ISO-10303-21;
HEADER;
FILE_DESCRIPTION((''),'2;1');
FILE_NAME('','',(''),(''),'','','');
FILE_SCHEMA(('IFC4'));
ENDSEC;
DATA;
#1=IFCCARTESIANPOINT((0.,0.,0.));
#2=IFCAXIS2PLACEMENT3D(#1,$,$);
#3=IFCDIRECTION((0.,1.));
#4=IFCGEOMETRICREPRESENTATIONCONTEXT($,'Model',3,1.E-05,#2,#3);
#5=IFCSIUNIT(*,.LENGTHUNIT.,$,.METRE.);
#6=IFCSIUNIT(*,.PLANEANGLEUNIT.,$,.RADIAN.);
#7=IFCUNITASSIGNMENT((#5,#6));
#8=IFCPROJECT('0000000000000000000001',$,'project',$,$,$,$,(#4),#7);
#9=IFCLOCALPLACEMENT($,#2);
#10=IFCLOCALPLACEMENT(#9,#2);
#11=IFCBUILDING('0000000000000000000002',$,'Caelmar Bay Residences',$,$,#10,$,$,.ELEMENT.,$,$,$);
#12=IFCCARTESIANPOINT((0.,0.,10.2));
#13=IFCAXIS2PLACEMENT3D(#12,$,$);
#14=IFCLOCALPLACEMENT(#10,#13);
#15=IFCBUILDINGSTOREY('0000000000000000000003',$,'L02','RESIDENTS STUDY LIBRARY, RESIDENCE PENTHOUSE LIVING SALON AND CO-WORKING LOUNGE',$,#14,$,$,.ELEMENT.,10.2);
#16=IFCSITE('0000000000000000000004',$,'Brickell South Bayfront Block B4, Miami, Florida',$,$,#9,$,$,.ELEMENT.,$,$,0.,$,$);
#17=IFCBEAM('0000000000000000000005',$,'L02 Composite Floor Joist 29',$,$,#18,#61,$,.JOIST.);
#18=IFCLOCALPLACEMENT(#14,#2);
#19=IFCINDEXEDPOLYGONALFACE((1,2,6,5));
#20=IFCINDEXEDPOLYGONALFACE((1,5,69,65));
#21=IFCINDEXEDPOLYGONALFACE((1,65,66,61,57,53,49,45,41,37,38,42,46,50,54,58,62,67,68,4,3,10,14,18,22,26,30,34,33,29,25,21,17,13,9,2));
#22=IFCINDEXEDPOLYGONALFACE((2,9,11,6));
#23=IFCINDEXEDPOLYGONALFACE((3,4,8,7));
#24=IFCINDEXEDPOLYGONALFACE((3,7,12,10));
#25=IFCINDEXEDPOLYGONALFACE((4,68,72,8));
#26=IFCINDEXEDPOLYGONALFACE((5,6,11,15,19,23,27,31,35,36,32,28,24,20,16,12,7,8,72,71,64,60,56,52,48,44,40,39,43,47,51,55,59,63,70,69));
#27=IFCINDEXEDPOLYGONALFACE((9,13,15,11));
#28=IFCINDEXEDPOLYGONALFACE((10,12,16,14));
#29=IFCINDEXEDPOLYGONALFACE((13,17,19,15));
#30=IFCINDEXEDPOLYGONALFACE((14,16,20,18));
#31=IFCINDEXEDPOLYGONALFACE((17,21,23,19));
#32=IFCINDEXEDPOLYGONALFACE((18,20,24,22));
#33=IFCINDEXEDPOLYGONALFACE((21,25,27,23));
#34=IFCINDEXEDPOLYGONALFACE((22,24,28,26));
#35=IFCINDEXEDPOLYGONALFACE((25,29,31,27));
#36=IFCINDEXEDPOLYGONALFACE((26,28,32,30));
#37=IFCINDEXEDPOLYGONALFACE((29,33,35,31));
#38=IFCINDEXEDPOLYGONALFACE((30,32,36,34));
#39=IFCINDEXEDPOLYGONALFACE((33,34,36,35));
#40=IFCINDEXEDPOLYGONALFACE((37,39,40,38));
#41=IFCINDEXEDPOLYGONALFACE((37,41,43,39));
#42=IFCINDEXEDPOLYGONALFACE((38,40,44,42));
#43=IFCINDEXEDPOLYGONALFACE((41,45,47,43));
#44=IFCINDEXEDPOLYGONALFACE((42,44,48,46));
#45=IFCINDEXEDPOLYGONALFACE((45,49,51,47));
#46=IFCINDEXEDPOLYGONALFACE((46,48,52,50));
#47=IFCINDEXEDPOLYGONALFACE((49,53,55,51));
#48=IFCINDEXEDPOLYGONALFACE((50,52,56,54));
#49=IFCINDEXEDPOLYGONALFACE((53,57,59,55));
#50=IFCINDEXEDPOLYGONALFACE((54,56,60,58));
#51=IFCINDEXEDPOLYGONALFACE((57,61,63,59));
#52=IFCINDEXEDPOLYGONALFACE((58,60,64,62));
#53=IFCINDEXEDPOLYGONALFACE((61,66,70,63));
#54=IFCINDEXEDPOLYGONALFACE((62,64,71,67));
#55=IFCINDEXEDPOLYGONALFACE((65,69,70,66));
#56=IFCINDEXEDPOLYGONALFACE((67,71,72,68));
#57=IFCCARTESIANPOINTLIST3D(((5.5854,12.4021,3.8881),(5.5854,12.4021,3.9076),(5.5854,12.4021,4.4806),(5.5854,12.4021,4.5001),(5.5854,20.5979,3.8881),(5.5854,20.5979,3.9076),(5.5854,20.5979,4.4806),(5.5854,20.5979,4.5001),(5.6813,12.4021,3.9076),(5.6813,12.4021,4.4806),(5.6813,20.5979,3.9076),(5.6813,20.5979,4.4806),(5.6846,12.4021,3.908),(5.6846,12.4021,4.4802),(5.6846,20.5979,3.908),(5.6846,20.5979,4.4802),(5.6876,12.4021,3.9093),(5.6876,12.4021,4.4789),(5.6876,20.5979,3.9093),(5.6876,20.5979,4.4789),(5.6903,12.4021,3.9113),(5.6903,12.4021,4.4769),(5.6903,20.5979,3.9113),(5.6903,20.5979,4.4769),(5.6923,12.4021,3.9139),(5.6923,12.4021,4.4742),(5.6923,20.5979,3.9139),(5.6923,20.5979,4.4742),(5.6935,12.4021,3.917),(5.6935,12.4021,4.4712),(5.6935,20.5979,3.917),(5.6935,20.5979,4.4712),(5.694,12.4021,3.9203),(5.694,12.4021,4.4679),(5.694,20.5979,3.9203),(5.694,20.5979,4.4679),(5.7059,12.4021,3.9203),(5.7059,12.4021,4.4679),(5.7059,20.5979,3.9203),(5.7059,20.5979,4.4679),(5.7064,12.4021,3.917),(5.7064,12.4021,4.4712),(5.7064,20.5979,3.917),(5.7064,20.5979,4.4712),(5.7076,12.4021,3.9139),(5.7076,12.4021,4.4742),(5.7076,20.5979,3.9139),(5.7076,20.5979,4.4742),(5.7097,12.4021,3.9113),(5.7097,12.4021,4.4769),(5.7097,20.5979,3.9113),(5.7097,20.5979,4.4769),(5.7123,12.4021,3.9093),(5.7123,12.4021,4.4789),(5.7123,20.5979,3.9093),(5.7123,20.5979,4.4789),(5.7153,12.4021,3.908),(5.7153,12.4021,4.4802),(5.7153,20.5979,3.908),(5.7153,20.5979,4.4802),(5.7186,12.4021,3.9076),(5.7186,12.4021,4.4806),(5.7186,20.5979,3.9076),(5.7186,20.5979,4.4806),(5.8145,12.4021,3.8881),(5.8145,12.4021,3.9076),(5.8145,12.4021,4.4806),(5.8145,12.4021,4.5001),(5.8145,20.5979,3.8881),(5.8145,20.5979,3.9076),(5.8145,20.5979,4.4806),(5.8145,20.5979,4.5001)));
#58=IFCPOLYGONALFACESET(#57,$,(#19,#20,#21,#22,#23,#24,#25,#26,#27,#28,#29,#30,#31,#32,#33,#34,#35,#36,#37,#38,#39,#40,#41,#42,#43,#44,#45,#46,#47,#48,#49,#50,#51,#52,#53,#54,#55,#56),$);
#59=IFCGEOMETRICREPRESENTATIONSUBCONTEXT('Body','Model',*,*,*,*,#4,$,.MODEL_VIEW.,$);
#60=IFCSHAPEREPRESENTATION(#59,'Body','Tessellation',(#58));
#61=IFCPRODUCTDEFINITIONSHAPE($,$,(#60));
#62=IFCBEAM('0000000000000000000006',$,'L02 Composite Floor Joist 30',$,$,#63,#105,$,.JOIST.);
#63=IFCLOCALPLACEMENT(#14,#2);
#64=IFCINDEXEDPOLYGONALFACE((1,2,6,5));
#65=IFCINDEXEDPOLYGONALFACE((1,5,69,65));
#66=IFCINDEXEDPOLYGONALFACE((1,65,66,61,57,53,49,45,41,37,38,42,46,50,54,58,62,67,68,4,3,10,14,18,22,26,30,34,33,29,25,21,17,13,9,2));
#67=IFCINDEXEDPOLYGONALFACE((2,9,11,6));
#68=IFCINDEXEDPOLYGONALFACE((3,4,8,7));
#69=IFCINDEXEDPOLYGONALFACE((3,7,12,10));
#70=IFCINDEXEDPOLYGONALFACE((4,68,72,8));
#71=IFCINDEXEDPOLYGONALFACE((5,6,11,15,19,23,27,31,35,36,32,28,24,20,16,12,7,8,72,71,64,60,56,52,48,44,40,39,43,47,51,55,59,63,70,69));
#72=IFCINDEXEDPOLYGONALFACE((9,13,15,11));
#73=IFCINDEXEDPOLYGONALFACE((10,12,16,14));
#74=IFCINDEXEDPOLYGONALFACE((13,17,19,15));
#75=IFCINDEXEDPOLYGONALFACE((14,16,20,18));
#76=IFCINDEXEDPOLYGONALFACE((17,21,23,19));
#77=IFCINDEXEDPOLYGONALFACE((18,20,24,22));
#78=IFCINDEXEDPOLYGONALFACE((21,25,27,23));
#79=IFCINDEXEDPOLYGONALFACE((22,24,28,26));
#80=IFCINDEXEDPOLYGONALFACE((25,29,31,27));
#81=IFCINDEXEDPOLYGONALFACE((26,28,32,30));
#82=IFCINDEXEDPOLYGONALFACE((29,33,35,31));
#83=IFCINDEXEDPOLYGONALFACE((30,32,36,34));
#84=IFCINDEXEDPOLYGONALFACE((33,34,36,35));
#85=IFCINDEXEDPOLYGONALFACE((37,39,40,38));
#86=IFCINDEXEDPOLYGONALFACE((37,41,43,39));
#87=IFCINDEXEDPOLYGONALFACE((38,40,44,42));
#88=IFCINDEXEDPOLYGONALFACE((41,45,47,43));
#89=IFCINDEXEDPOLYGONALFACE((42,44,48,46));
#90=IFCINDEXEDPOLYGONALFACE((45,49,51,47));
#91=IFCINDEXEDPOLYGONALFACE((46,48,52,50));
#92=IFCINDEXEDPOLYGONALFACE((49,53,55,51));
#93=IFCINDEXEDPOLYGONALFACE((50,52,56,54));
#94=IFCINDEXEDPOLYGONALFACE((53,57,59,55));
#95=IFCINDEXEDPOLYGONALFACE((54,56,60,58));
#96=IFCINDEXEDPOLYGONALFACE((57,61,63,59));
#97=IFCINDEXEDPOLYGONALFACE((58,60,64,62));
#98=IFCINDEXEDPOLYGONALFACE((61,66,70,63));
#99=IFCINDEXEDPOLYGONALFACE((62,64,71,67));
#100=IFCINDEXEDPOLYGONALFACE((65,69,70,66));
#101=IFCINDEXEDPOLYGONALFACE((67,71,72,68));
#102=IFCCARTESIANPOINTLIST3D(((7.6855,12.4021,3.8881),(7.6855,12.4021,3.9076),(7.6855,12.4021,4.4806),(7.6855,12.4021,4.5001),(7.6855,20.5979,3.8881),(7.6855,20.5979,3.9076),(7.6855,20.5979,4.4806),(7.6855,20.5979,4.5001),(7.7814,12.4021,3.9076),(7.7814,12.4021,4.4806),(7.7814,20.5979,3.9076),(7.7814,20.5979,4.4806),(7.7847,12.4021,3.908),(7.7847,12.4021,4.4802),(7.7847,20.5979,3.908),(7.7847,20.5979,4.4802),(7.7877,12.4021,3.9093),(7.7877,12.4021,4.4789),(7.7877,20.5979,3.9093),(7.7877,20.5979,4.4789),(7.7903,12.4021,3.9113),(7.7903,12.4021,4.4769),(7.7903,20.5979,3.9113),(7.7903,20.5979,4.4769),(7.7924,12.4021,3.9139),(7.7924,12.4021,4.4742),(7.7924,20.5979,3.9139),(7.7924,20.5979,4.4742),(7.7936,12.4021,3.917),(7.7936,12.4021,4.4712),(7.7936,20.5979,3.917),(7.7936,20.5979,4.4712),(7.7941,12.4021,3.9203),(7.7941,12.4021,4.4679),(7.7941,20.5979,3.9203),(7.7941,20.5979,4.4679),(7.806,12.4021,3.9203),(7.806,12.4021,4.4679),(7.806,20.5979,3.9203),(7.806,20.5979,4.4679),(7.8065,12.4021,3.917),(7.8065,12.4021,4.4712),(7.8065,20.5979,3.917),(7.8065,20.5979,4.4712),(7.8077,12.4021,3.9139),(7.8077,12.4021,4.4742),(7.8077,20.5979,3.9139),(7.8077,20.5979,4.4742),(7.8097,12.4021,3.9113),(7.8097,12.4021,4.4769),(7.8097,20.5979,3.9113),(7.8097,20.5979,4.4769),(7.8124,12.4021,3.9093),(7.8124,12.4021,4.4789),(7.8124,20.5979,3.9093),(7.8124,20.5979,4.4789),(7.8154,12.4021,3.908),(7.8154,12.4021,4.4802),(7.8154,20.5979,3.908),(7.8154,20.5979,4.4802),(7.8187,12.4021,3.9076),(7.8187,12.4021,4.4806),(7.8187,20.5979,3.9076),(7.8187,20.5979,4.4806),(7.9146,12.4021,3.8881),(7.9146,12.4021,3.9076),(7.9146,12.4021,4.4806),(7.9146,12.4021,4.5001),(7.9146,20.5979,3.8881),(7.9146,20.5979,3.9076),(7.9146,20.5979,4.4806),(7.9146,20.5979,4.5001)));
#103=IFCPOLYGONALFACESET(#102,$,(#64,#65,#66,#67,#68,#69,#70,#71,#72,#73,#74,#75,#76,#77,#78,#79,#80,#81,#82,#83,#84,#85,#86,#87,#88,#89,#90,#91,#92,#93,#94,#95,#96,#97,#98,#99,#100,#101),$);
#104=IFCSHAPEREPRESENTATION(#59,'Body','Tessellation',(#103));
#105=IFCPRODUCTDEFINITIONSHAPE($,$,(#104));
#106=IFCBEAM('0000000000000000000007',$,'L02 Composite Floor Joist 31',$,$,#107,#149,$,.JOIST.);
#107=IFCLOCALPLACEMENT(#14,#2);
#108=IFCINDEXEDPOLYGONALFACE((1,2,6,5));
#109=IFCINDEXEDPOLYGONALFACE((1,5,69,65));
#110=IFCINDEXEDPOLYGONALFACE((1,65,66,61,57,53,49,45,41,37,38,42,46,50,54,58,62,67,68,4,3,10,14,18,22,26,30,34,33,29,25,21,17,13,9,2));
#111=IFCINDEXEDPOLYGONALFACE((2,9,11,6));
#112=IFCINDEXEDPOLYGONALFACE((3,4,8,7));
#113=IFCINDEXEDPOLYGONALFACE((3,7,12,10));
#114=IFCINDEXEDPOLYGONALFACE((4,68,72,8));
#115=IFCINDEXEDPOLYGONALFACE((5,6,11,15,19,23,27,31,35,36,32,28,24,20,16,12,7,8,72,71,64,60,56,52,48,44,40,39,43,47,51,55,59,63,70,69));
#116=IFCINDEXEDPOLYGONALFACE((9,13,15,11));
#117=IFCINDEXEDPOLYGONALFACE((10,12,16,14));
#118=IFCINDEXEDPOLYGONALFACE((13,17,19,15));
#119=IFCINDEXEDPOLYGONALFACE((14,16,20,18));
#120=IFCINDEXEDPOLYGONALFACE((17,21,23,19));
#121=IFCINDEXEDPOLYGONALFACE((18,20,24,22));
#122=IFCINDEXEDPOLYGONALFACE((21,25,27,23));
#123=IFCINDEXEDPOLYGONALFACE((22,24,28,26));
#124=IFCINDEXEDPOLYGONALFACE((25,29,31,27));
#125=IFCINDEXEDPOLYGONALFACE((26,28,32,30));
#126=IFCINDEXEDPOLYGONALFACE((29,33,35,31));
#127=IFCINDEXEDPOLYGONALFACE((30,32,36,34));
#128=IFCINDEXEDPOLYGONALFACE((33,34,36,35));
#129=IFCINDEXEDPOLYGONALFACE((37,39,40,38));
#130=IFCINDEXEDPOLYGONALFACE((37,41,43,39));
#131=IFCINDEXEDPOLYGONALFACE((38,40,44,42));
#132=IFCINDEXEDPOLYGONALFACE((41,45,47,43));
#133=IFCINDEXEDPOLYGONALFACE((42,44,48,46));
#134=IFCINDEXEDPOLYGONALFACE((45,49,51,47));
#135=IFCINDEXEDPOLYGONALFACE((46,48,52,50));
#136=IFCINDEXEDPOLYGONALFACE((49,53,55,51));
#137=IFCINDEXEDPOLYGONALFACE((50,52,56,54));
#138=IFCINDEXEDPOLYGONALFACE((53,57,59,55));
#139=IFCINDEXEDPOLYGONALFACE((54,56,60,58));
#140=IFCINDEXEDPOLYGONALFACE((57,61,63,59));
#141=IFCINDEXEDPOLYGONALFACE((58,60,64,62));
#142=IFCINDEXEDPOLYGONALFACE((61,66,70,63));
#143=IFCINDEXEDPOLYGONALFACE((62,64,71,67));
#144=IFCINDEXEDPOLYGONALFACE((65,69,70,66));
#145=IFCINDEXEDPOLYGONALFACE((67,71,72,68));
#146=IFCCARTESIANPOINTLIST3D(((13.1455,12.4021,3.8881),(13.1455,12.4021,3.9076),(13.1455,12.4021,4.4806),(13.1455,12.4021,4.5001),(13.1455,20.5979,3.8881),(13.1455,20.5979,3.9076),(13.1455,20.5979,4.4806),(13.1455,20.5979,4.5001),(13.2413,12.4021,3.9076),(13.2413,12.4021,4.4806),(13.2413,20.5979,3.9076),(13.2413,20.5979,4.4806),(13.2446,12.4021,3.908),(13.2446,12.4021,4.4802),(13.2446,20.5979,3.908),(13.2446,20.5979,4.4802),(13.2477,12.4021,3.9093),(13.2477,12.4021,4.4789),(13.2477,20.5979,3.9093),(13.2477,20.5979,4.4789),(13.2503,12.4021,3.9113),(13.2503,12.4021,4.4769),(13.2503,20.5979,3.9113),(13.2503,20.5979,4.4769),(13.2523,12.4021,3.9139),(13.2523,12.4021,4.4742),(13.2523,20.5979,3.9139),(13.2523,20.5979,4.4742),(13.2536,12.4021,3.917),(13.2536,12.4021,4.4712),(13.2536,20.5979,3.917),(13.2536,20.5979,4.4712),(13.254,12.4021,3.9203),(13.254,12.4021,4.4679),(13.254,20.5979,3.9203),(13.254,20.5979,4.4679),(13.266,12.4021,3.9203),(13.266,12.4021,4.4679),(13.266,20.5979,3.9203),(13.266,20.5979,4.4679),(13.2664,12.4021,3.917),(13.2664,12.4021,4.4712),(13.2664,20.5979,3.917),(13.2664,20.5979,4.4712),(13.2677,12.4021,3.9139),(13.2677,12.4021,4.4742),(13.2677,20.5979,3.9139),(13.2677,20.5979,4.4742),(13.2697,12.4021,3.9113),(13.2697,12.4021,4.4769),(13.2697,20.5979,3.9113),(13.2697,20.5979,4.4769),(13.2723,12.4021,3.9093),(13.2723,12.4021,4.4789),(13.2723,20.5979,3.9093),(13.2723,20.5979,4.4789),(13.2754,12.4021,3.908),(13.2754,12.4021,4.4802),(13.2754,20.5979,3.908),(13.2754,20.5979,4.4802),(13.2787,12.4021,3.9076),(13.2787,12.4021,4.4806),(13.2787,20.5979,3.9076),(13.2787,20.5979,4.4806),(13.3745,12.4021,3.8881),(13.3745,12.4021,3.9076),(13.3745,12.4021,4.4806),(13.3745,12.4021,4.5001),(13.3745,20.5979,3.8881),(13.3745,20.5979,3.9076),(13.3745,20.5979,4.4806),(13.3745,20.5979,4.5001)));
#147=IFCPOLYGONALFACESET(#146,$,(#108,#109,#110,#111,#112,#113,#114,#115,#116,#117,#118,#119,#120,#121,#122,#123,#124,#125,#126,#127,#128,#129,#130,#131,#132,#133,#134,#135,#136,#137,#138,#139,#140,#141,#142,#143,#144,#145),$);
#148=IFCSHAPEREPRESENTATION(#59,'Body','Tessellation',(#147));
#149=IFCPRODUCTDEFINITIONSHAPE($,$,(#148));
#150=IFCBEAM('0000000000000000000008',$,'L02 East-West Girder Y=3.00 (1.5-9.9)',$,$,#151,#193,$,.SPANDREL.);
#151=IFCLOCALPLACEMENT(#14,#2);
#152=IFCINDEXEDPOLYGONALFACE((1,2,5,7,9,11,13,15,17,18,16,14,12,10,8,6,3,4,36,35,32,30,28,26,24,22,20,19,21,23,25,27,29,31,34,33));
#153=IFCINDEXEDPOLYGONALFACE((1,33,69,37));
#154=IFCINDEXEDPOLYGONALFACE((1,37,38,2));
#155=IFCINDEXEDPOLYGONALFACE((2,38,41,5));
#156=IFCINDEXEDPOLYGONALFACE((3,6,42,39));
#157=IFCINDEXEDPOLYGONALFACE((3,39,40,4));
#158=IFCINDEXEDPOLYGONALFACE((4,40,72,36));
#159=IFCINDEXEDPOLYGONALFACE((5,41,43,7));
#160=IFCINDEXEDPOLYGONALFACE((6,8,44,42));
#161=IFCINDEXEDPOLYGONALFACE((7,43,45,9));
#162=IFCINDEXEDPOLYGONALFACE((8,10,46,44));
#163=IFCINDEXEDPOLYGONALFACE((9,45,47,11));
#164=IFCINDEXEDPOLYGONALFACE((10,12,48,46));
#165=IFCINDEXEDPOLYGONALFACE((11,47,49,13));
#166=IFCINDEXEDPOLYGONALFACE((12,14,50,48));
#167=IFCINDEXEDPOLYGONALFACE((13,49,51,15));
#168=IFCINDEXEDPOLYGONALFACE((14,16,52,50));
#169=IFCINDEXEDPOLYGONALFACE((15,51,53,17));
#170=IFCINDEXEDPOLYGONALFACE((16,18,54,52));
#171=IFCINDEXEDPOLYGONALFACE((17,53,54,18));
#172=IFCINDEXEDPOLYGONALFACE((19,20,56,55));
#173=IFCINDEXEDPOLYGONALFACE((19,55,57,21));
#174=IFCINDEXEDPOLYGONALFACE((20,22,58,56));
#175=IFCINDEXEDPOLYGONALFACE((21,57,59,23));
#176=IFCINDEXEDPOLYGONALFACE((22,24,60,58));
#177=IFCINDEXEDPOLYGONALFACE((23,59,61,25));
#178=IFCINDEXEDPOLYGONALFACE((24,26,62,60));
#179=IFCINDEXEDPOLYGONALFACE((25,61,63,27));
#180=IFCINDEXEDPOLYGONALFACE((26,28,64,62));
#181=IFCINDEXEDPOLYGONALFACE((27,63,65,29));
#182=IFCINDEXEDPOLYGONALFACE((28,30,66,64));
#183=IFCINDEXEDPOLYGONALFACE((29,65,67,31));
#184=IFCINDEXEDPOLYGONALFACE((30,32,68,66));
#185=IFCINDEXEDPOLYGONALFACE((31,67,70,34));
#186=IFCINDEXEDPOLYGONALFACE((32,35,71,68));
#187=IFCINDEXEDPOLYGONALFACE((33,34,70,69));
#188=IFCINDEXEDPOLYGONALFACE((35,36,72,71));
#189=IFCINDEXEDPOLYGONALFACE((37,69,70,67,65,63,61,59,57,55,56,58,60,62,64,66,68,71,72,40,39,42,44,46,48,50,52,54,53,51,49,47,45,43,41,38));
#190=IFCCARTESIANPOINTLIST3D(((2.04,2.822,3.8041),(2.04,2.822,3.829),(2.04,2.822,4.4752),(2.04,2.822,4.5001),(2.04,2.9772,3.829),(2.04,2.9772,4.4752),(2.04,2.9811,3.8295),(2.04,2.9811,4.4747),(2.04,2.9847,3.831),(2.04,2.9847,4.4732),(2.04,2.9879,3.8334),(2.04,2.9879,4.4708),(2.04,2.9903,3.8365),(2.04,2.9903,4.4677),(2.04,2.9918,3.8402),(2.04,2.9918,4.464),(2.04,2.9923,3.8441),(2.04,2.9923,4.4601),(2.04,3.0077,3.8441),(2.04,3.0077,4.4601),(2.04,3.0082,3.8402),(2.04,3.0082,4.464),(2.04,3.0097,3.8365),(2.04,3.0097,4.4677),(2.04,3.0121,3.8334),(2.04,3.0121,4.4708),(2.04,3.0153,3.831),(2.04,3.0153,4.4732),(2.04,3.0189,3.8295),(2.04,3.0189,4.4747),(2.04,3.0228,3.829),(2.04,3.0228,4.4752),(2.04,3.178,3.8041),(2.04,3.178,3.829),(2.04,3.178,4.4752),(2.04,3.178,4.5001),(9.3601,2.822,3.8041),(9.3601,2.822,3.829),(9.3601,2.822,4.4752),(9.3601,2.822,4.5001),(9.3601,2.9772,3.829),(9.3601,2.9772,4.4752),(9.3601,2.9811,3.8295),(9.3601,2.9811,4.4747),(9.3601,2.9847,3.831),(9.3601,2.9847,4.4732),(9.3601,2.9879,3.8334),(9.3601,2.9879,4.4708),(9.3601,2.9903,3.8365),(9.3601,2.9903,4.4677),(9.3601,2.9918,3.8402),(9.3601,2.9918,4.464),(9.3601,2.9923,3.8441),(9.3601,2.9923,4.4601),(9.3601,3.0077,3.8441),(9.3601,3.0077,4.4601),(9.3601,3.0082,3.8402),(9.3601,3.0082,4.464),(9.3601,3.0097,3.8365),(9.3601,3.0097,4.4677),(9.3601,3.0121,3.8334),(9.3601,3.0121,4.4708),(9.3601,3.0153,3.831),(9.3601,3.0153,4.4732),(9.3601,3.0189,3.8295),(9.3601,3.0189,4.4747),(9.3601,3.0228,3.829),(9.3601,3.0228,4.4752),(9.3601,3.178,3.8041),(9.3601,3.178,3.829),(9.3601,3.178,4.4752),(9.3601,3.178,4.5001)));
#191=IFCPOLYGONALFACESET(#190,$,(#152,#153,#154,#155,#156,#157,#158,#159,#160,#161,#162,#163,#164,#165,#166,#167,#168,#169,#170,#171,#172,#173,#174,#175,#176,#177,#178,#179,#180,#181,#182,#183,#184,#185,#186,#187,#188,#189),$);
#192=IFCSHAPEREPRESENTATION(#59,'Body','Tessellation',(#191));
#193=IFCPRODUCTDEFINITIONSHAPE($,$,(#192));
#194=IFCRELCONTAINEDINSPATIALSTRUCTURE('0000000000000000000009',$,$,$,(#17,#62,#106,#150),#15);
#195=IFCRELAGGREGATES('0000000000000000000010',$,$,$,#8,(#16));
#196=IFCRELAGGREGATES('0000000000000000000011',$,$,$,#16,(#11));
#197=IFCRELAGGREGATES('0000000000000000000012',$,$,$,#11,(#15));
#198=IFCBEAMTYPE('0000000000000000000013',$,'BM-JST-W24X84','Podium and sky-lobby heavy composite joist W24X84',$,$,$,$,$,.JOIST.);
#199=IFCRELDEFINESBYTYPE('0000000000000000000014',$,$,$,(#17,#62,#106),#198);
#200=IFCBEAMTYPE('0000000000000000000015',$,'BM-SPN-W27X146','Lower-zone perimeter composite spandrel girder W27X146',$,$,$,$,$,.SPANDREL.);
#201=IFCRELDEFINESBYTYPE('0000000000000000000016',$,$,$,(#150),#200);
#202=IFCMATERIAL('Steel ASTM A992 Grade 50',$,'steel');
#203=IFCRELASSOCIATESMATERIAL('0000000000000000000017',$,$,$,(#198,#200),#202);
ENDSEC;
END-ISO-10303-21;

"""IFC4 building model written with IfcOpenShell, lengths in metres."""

from ifc_helpers import new_model, si_unit, direction, frame, origin, origin_2d, place, context, subcontext, project, spatial, i_section, extrude, material, material_profile, profile_set, type_object, element, save


model = new_model("IFC4")

# Units and contexts
model_context = context("Model", 3, precision=1e-05, world=origin(), true_north=direction((0.0, 1.0)))
body_context = subcontext(model_context, "Body", "Model", "MODEL_VIEW")
ifc_project = project(units=[si_unit("LENGTHUNIT", "METRE"), si_unit("PLANEANGLEUNIT", "RADIAN")], contexts=[model_context])

# Site, building, storey
site_placement = place(None, origin())
site = spatial("IfcSite", under=ifc_project, at=site_placement, Name="Brickell South Bayfront Block B4, Miami, Florida", CompositionType="ELEMENT", RefElevation=0.0)
building_placement = place(site_placement, origin())
building = spatial("IfcBuilding", under=site, at=building_placement, Name="Caelmar Bay Residences", CompositionType="ELEMENT")
storey_placement = place(building_placement, frame((0.0, 0.0, 10.2)))
storey = spatial("IfcBuildingStorey", under=building, at=storey_placement, Name="L02", Description="RESIDENTS STUDY LIBRARY, RESIDENCE PENTHOUSE LIVING SALON AND CO-WORKING LOUNGE", CompositionType="ELEMENT", Elevation=10.2)

# Beams
ifc_material_1 = material(Name="Steel ASTM A992 Grade 50", Category="steel")
ifc_material_profile_1 = material_profile(ifc_material_1, i_section(OverallWidth=0.229, OverallDepth=0.6121, WebThickness=0.012, FlangeThickness=0.0195, FilletRadius=0.0127, at=origin_2d()), Name="W24X84")
ifc_profile_set_1 = profile_set([ifc_material_profile_1], Name="Steel ASTM A992 Grade 50")
beam_type_1 = type_object("IfcBeamType", Name="BM-JST-W24X84", Description="Podium and sky-lobby heavy composite joist W24X84", PredefinedType="JOIST", material=ifc_profile_set_1)
for number, where, z_axis, x_axis, name in (
    (1, (5.7, 12.4021, 4.1941), (0.0, 1.0, 0.0), (-1.0, 0.0, 0.0), "L02 Composite Floor Joist 29"),
    (2, (7.8, 12.4021, 4.1941), (0.0, 1.0, 0.0), (-1.0, 0.0, 0.0), "L02 Composite Floor Joist 30"),
    (3, (13.26, 12.4021, 4.1941), (0.0, 1.0, 0.0), (-1.0, 0.0, 0.0), "L02 Composite Floor Joist 31"),
):
    element("IfcBeam", number, at=place(storey_placement, frame(where, z_axis=z_axis, x_axis=x_axis)), inside=storey, type_object=beam_type_1, Name=name, PredefinedType="JOIST", context=body_context, shape_type="SweptSolid", body=[
        extrude(i_section(OverallWidth=0.229, OverallDepth=0.6121, WebThickness=0.012, FlangeThickness=0.0195, FilletRadius=0.0127, at=origin_2d()), origin(), (0.0, 0.0, 1.0), 8.1958),
    ])
ifc_material_profile_2 = material_profile(ifc_material_1, i_section(OverallWidth=0.356, OverallDepth=0.696, WebThickness=0.0154, FlangeThickness=0.0249, FilletRadius=0.0151, at=origin_2d()), Name="W27X146")
ifc_profile_set_2 = profile_set([ifc_material_profile_2], Name="Steel ASTM A992 Grade 50")
beam_type_2 = type_object("IfcBeamType", Name="BM-SPN-W27X146", Description="Lower-zone perimeter composite spandrel girder W27X146", PredefinedType="SPANDREL", material=ifc_profile_set_2)
beam_1_placement = place(storey_placement, frame((2.04, 3.0, 4.1521), z_axis=(1.0, 0.0, 0.0), x_axis=(0.0, 1.0, 0.0)))
element("IfcBeam", 4, at=beam_1_placement, inside=storey, type_object=beam_type_2, Name="L02 East-West Girder Y=3.00 (1.5-9.9)", PredefinedType="SPANDREL", context=body_context, shape_type="SweptSolid", body=[
    extrude(i_section(OverallWidth=0.356, OverallDepth=0.696, WebThickness=0.0154, FlangeThickness=0.0249, FilletRadius=0.0151, at=origin_2d()), origin(), (0.0, 0.0, 1.0), 7.3201),
])

save(model, "model.ifc")
